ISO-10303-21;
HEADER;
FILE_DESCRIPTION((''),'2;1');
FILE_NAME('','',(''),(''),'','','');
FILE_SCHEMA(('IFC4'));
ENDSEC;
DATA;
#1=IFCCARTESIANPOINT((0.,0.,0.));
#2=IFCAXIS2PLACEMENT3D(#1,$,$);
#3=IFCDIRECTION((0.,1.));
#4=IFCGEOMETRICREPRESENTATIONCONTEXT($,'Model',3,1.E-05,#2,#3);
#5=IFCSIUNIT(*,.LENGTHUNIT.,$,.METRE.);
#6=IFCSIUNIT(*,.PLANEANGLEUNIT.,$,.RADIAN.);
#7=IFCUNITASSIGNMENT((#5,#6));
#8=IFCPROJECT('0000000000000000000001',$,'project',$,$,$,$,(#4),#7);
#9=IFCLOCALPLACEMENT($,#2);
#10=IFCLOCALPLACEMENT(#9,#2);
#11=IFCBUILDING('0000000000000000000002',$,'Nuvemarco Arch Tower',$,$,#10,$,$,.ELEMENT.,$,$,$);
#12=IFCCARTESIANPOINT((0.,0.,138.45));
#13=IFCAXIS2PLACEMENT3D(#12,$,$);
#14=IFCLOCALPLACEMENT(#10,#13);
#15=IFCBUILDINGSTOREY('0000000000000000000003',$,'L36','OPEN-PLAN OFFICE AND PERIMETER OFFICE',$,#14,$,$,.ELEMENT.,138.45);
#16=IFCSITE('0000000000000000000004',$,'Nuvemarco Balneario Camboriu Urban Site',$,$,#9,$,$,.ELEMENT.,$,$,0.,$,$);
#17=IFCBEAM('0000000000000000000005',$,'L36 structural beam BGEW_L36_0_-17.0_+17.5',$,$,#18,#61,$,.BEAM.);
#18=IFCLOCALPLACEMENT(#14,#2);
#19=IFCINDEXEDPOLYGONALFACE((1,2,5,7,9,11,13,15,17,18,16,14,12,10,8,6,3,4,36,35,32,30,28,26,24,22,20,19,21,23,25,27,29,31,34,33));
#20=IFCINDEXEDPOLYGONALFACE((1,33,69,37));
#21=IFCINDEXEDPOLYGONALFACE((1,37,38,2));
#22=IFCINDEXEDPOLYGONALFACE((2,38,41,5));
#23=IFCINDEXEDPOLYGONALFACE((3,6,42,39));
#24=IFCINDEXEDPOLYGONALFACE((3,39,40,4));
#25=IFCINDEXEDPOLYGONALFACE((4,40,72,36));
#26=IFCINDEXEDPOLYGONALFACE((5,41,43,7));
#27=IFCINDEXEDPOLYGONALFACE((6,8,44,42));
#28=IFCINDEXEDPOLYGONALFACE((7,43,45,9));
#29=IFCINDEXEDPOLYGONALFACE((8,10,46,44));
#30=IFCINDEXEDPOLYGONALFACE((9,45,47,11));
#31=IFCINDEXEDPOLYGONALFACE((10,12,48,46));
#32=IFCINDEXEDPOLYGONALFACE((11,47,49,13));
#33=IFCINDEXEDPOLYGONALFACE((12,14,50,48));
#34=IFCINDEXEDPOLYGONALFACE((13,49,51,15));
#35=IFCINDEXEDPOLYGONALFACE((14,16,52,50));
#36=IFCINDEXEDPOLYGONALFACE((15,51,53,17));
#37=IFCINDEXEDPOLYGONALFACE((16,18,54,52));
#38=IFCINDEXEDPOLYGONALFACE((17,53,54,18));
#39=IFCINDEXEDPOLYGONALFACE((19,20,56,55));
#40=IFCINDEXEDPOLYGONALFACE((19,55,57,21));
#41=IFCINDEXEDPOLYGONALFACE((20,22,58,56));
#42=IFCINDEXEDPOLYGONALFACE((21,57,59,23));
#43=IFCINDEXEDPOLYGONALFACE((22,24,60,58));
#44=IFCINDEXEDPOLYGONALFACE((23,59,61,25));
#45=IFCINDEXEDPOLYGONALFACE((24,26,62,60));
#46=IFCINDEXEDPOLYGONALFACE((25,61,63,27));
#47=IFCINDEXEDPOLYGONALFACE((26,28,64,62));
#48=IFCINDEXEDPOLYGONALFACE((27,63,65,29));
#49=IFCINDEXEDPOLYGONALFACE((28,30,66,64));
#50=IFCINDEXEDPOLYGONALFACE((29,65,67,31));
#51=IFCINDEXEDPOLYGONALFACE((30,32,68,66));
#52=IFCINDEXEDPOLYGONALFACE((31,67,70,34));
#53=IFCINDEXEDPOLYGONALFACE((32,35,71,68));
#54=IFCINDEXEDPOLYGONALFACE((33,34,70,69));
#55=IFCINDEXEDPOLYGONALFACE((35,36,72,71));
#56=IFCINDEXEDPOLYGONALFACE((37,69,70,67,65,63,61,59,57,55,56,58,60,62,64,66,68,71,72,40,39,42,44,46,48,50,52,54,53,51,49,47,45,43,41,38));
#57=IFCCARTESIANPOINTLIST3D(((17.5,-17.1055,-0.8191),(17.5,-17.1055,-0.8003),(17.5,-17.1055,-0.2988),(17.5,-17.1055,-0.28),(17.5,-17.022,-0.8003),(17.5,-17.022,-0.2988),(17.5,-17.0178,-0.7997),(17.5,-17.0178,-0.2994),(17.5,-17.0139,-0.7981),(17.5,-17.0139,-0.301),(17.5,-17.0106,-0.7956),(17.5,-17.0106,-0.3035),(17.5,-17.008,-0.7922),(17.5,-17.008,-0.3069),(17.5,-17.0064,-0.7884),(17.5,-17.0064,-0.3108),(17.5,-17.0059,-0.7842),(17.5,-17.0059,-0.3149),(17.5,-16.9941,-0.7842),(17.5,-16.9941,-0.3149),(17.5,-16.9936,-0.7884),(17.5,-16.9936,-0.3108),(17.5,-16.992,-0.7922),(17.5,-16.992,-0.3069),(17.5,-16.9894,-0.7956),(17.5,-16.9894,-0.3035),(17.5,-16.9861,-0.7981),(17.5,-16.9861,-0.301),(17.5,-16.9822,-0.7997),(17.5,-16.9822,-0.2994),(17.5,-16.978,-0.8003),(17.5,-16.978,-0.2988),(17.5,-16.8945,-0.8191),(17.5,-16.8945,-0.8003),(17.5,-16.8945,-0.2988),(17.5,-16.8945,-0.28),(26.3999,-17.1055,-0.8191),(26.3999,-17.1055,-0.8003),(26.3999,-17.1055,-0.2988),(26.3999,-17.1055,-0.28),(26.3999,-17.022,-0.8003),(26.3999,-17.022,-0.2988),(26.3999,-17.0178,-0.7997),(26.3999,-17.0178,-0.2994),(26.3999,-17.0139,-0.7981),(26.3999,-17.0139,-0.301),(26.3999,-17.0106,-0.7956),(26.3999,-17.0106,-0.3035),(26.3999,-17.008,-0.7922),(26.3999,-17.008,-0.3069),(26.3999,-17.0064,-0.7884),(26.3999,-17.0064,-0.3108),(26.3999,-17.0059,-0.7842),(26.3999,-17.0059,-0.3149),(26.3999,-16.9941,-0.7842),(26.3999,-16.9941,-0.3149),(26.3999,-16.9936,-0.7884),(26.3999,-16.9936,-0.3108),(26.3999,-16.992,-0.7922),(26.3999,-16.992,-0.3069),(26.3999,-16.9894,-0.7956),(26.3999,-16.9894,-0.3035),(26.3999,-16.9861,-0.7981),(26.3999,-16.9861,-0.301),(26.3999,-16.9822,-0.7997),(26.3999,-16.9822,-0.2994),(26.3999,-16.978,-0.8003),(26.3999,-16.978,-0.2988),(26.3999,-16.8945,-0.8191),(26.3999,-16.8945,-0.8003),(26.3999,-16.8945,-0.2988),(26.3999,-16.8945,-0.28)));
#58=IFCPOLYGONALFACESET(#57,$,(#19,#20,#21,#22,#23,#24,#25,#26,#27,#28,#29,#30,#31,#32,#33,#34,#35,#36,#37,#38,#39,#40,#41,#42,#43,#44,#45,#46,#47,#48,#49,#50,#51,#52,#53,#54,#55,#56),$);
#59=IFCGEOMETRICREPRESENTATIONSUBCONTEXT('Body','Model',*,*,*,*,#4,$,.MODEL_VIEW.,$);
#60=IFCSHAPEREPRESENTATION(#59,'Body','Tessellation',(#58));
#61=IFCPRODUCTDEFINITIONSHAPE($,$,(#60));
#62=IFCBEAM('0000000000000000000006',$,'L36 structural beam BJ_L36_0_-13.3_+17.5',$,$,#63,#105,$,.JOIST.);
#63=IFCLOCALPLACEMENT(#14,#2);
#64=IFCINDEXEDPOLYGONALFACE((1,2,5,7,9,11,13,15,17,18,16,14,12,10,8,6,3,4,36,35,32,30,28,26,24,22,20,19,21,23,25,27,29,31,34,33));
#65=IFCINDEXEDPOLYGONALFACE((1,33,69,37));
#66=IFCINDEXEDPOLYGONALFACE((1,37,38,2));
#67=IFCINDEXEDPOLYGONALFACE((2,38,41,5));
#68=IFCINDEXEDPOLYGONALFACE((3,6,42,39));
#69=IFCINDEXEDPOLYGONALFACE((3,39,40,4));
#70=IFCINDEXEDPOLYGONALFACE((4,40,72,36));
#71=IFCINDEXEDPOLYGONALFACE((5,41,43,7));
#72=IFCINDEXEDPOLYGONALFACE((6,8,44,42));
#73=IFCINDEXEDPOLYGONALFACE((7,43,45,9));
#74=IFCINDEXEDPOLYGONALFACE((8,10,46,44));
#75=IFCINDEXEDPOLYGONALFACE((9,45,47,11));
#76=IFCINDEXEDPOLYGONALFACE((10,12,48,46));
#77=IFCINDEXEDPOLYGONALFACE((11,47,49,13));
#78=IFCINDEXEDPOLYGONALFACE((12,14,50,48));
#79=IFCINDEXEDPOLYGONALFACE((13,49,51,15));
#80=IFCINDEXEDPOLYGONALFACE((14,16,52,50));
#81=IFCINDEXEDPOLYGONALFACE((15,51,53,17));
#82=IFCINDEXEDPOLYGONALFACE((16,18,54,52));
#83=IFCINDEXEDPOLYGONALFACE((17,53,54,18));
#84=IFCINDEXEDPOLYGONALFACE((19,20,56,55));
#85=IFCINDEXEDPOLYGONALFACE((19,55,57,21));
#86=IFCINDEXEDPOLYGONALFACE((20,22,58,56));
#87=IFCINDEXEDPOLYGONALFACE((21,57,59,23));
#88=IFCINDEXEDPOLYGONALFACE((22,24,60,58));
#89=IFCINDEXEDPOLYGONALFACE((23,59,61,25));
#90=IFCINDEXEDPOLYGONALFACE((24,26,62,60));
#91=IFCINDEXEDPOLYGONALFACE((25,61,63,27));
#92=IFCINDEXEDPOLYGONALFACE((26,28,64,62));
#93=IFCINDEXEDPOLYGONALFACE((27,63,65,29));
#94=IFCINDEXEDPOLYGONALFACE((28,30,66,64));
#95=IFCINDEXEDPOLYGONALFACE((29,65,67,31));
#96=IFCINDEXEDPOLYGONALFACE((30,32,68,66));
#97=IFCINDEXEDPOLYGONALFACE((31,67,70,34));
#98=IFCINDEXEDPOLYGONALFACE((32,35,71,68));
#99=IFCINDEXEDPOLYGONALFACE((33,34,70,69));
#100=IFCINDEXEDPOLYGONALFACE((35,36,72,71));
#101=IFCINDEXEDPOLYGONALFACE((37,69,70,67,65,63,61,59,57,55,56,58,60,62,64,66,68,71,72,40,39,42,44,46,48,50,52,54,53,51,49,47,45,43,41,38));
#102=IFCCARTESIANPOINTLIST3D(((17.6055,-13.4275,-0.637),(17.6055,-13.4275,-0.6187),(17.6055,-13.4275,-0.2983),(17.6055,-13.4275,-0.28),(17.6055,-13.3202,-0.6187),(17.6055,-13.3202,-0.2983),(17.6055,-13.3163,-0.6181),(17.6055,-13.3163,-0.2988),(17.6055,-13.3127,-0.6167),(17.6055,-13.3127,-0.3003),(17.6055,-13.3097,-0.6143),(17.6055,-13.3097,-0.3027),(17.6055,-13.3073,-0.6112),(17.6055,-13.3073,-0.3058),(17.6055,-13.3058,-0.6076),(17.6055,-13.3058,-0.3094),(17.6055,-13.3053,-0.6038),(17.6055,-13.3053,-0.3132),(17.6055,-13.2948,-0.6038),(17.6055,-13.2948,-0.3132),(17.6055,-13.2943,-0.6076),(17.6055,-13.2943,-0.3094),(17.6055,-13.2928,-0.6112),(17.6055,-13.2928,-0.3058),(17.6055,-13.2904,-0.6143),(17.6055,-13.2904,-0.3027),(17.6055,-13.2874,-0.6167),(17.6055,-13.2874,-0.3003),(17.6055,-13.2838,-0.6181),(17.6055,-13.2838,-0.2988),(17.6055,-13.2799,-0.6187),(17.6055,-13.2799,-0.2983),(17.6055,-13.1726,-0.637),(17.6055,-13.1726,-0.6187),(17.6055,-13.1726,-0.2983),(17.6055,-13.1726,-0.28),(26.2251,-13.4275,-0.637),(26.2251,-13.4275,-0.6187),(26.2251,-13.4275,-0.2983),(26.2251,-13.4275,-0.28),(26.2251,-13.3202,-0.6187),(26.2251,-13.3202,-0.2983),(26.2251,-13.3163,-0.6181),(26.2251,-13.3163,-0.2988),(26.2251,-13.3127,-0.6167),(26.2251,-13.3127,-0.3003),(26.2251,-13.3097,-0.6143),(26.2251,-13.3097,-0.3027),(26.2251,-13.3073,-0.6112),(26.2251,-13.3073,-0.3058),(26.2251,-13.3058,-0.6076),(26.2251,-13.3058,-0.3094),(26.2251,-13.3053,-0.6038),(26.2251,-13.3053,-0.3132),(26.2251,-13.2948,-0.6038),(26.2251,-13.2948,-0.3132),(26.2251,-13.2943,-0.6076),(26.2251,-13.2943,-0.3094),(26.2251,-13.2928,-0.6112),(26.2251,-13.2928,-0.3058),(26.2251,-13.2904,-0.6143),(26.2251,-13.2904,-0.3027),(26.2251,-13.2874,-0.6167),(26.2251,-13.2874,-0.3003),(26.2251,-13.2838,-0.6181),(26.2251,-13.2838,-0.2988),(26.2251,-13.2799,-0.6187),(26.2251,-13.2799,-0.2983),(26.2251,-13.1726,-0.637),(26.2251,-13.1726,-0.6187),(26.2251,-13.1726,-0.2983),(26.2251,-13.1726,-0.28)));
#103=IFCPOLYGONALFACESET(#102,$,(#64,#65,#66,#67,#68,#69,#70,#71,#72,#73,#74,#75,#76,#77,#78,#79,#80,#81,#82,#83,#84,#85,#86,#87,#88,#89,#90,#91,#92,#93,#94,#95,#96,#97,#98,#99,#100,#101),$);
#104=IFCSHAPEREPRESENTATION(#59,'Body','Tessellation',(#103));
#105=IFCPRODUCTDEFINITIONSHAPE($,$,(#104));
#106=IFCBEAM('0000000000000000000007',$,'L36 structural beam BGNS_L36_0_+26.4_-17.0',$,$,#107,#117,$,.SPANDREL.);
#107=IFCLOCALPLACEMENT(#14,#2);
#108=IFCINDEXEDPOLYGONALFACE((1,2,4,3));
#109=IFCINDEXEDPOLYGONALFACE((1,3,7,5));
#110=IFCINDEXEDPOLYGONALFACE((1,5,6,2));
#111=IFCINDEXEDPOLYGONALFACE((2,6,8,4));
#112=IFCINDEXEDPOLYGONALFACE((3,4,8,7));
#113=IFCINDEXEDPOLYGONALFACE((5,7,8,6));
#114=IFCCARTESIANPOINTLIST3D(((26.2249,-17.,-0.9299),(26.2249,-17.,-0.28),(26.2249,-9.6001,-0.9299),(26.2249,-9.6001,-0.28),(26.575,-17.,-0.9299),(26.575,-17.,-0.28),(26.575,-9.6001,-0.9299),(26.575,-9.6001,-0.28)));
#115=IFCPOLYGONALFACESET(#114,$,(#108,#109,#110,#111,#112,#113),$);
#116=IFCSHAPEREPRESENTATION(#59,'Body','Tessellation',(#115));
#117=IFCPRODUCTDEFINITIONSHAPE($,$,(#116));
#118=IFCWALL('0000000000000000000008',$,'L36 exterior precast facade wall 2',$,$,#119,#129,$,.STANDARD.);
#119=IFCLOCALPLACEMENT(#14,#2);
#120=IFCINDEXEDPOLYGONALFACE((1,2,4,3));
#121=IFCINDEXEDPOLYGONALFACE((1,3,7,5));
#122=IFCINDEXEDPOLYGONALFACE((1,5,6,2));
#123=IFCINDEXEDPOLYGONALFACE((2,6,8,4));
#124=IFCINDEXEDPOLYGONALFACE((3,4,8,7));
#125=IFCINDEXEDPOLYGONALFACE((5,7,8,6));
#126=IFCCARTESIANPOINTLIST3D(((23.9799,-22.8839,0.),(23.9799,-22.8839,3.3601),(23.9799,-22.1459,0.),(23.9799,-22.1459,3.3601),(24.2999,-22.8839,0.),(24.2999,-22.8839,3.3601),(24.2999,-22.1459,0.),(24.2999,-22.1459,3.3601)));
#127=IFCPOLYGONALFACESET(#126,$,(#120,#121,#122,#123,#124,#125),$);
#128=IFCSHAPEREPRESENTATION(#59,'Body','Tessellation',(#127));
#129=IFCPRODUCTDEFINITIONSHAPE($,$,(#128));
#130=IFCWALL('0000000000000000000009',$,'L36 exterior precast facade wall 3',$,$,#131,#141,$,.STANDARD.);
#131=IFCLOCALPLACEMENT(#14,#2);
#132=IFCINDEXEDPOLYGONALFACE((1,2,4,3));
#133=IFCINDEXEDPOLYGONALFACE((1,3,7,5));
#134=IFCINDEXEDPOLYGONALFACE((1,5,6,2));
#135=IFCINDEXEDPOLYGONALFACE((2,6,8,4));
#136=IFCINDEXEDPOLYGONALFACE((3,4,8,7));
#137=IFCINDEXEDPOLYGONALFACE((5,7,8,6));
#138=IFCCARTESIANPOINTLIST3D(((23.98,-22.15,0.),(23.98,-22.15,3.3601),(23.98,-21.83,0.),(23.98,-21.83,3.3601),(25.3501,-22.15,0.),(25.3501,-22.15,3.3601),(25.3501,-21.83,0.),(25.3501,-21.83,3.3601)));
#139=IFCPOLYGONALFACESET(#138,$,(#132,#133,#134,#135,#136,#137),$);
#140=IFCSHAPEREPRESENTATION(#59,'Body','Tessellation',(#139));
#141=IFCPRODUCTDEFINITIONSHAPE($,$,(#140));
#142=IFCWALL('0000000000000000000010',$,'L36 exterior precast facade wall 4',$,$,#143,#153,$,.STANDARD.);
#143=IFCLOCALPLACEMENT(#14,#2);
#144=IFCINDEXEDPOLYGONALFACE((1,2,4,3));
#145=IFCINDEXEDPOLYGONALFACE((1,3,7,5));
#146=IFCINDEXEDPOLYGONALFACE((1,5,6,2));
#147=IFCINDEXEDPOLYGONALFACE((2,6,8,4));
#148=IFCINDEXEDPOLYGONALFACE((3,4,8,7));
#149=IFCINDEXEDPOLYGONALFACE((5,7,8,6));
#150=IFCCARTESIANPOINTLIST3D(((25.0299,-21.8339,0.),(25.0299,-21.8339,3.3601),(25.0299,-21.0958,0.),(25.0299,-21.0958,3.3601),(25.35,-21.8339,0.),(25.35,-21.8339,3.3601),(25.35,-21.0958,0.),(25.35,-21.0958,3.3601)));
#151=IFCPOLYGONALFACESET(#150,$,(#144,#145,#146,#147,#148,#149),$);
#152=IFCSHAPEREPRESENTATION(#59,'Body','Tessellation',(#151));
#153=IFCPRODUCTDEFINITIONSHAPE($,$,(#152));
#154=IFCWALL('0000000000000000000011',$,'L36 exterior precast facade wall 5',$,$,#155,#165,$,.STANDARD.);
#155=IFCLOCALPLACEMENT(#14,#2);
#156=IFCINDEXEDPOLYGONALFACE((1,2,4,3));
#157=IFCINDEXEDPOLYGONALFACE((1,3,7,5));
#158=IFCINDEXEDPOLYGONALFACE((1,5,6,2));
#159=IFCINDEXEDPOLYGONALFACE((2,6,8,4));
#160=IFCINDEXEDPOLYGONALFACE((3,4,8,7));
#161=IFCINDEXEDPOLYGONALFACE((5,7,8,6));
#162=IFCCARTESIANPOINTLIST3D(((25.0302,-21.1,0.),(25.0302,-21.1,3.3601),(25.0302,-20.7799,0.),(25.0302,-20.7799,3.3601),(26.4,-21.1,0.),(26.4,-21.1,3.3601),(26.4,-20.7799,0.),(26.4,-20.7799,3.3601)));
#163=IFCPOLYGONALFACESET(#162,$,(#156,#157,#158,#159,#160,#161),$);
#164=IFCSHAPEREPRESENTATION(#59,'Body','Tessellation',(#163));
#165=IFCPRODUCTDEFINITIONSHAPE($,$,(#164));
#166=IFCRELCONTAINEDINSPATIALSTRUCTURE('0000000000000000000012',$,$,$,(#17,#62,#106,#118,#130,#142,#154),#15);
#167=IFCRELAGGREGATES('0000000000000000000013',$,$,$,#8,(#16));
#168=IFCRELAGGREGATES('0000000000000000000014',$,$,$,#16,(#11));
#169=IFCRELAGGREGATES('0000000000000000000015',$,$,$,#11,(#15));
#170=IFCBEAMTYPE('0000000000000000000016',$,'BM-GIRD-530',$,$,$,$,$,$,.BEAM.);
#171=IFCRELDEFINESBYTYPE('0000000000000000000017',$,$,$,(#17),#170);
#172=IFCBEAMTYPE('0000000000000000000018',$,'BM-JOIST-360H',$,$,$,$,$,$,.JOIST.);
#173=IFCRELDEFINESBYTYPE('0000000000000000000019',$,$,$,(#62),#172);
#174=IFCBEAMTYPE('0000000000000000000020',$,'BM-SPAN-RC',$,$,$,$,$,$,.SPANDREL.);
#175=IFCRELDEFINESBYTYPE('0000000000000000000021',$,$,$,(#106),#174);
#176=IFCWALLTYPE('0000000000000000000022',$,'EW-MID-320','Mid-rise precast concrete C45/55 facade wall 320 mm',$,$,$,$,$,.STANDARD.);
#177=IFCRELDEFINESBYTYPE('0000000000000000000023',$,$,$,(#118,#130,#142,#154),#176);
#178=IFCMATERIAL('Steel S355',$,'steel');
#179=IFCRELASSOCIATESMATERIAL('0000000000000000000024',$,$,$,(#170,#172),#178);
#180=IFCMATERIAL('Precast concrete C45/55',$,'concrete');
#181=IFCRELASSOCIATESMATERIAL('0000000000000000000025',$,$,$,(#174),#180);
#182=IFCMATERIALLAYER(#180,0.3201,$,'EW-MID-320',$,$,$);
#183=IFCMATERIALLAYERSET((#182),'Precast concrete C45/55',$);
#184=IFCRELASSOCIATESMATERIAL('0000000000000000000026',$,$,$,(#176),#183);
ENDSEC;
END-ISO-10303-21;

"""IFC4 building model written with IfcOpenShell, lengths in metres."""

from ifc_helpers import new_model, si_unit, direction, frame, frame_2d, origin, origin_2d, place, context, subcontext, project, spatial, rectangle, i_section, extrude, material, layer, layer_set, material_profile, profile_set, type_object, element, save


model = new_model("IFC4")

# Units and contexts
model_context = context("Model", 3, precision=1e-05, world=origin(), true_north=direction((0.0, 1.0)))
body_context = subcontext(model_context, "Body", "Model", "MODEL_VIEW")
ifc_project = project(units=[si_unit("LENGTHUNIT", "METRE"), si_unit("PLANEANGLEUNIT", "RADIAN")], contexts=[model_context])

# Site, building, storey
site_placement = place(None, origin())
site = spatial("IfcSite", under=ifc_project, at=site_placement, Name="Nuvemarco Balneario Camboriu Urban Site", CompositionType="ELEMENT", RefElevation=0.0)
building_placement = place(site_placement, origin())
building = spatial("IfcBuilding", under=site, at=building_placement, Name="Nuvemarco Arch Tower", CompositionType="ELEMENT")
storey_placement = place(building_placement, frame((0.0, 0.0, 138.45)))
storey = spatial("IfcBuildingStorey", under=building, at=storey_placement, Name="L36", Description="OPEN-PLAN OFFICE AND PERIMETER OFFICE", CompositionType="ELEMENT", Elevation=138.45)

# Shared definitions
ifc_material_1 = material(Name="Steel S355", Category="steel")

# Beams
ifc_material_profile_1 = material_profile(ifc_material_1, i_section(OverallWidth=0.2109, OverallDepth=0.5391, WebThickness=0.0117, FlangeThickness=0.0188, FilletRadius=0.0161, at=origin_2d()), Name="W530x109")
ifc_profile_set_1 = profile_set([ifc_material_profile_1], Name="Steel S355")
beam_type_1 = type_object("IfcBeamType", Name="BM-GIRD-530", PredefinedType="BEAM", material=ifc_profile_set_1)
beam_1_placement = place(storey_placement, frame((17.5, -17.0, -0.5496), z_axis=(1.0, 0.0, 0.0), x_axis=(0.0, 1.0, 0.0)))
element("IfcBeam", 1, at=beam_1_placement, inside=storey, type_object=beam_type_1, Name="L36 structural beam BGEW_L36_0_-17.0_+17.5", PredefinedType="BEAM", context=body_context, shape_type="SweptSolid", body=[
    extrude(i_section(OverallWidth=0.2109, OverallDepth=0.5391, WebThickness=0.0117, FlangeThickness=0.0188, FilletRadius=0.0161, at=origin_2d()), origin(), (0.0, 0.0, 1.0), 8.8999),
])
ifc_material_profile_2 = material_profile(ifc_material_1, i_section(OverallWidth=0.2549, OverallDepth=0.3569, WebThickness=0.0105, FlangeThickness=0.0183, FilletRadius=0.0149, at=origin_2d()), Name="W360x101")
ifc_profile_set_2 = profile_set([ifc_material_profile_2], Name="Steel S355")
beam_type_2 = type_object("IfcBeamType", Name="BM-JOIST-360H", PredefinedType="JOIST", material=ifc_profile_set_2)
beam_2_placement = place(storey_placement, frame((17.6055, -13.3, -0.4585), z_axis=(1.0, 0.0, 0.0), x_axis=(0.0, 1.0, 0.0)))
element("IfcBeam", 2, at=beam_2_placement, inside=storey, type_object=beam_type_2, Name="L36 structural beam BJ_L36_0_-13.3_+17.5", PredefinedType="JOIST", context=body_context, shape_type="SweptSolid", body=[
    extrude(i_section(OverallWidth=0.2549, OverallDepth=0.3569, WebThickness=0.0105, FlangeThickness=0.0183, FilletRadius=0.0149, at=origin_2d()), origin(), (0.0, 0.0, 1.0), 8.6196),
])
ifc_material_2 = material(Name="Precast concrete C45/55", Category="concrete")
ifc_material_profile_3 = material_profile(ifc_material_2, rectangle(XDim=0.3501, YDim=0.6499, at=origin_2d()), Name="PC-SP-350x650")
ifc_profile_set_3 = profile_set([ifc_material_profile_3], Name="Precast concrete C45/55")
beam_type_3 = type_object("IfcBeamType", Name="BM-SPAN-RC", PredefinedType="SPANDREL", material=ifc_profile_set_3)
beam_3_placement = place(storey_placement, frame((26.3999, -17.0, -0.605), z_axis=(0.0, 1.0, 0.0), x_axis=(-1.0, 0.0, 0.0)))
element("IfcBeam", 3, at=beam_3_placement, inside=storey, type_object=beam_type_3, Name="L36 structural beam BGNS_L36_0_+26.4_-17.0", PredefinedType="SPANDREL", context=body_context, shape_type="SweptSolid", body=[
    extrude(rectangle(XDim=0.3501, YDim=0.6499, at=origin_2d()), origin(), (0.0, 0.0, 1.0), 7.3999),
])

# Walls
ifc_layer_1 = layer(ifc_material_2, 0.3201, Name="EW-MID-320")
ifc_layer_set_1 = layer_set([ifc_layer_1], Name="Precast concrete C45/55")
wall_type_1 = type_object("IfcWallType", Name="EW-MID-320", Description="Mid-rise precast concrete C45/55 facade wall 320 mm", PredefinedType="STANDARD", material=ifc_layer_set_1)
wall_1_placement = place(storey_placement, frame((24.1399, -22.884, 0.0), z_axis=(0.0, 0.0, 1.0), x_axis=(0.0, 1.0, 0.0)))
element("IfcWall", 4, at=wall_1_placement, inside=storey, type_object=wall_type_1, Name="L36 exterior precast facade wall 2", PredefinedType="STANDARD", context=body_context, shape_type="SweptSolid", body=[
    extrude(rectangle(XDim=0.738, YDim=0.3201, at=frame_2d((0.3691, 0.0))), origin(), (0.0, 0.0, 1.0), 3.3601),
])
wall_2_placement = place(storey_placement, frame((23.98, -21.99, 0.0), z_axis=(0.0, 0.0, 1.0), x_axis=(1.0, 0.0, 0.0)))
element("IfcWall", 5, at=wall_2_placement, inside=storey, type_object=wall_type_1, Name="L36 exterior precast facade wall 3", PredefinedType="STANDARD", context=body_context, shape_type="SweptSolid", body=[
    extrude(rectangle(XDim=1.3701, YDim=0.3201, at=frame_2d((0.6851, 0.0))), origin(), (0.0, 0.0, 1.0), 3.3601),
])
wall_3_placement = place(storey_placement, frame((25.1899, -21.834, 0.0), z_axis=(0.0, 0.0, 1.0), x_axis=(0.0, 1.0, 0.0)))
element("IfcWall", 6, at=wall_3_placement, inside=storey, type_object=wall_type_1, Name="L36 exterior precast facade wall 4", PredefinedType="STANDARD", context=body_context, shape_type="SweptSolid", body=[
    extrude(rectangle(XDim=0.738, YDim=0.3201, at=frame_2d((0.3691, 0.0))), origin(), (0.0, 0.0, 1.0), 3.3601),
])
wall_4_placement = place(storey_placement, frame((25.03, -20.9399, 0.0), z_axis=(0.0, 0.0, 1.0), x_axis=(1.0, 0.0, 0.0)))
element("IfcWall", 7, at=wall_4_placement, inside=storey, type_object=wall_type_1, Name="L36 exterior precast facade wall 5", PredefinedType="STANDARD", context=body_context, shape_type="SweptSolid", body=[
    extrude(rectangle(XDim=1.3699, YDim=0.3201, at=frame_2d((0.6851, 0.0))), origin(), (0.0, 0.0, 1.0), 3.3601),
])

save(model, "model.ifc")
